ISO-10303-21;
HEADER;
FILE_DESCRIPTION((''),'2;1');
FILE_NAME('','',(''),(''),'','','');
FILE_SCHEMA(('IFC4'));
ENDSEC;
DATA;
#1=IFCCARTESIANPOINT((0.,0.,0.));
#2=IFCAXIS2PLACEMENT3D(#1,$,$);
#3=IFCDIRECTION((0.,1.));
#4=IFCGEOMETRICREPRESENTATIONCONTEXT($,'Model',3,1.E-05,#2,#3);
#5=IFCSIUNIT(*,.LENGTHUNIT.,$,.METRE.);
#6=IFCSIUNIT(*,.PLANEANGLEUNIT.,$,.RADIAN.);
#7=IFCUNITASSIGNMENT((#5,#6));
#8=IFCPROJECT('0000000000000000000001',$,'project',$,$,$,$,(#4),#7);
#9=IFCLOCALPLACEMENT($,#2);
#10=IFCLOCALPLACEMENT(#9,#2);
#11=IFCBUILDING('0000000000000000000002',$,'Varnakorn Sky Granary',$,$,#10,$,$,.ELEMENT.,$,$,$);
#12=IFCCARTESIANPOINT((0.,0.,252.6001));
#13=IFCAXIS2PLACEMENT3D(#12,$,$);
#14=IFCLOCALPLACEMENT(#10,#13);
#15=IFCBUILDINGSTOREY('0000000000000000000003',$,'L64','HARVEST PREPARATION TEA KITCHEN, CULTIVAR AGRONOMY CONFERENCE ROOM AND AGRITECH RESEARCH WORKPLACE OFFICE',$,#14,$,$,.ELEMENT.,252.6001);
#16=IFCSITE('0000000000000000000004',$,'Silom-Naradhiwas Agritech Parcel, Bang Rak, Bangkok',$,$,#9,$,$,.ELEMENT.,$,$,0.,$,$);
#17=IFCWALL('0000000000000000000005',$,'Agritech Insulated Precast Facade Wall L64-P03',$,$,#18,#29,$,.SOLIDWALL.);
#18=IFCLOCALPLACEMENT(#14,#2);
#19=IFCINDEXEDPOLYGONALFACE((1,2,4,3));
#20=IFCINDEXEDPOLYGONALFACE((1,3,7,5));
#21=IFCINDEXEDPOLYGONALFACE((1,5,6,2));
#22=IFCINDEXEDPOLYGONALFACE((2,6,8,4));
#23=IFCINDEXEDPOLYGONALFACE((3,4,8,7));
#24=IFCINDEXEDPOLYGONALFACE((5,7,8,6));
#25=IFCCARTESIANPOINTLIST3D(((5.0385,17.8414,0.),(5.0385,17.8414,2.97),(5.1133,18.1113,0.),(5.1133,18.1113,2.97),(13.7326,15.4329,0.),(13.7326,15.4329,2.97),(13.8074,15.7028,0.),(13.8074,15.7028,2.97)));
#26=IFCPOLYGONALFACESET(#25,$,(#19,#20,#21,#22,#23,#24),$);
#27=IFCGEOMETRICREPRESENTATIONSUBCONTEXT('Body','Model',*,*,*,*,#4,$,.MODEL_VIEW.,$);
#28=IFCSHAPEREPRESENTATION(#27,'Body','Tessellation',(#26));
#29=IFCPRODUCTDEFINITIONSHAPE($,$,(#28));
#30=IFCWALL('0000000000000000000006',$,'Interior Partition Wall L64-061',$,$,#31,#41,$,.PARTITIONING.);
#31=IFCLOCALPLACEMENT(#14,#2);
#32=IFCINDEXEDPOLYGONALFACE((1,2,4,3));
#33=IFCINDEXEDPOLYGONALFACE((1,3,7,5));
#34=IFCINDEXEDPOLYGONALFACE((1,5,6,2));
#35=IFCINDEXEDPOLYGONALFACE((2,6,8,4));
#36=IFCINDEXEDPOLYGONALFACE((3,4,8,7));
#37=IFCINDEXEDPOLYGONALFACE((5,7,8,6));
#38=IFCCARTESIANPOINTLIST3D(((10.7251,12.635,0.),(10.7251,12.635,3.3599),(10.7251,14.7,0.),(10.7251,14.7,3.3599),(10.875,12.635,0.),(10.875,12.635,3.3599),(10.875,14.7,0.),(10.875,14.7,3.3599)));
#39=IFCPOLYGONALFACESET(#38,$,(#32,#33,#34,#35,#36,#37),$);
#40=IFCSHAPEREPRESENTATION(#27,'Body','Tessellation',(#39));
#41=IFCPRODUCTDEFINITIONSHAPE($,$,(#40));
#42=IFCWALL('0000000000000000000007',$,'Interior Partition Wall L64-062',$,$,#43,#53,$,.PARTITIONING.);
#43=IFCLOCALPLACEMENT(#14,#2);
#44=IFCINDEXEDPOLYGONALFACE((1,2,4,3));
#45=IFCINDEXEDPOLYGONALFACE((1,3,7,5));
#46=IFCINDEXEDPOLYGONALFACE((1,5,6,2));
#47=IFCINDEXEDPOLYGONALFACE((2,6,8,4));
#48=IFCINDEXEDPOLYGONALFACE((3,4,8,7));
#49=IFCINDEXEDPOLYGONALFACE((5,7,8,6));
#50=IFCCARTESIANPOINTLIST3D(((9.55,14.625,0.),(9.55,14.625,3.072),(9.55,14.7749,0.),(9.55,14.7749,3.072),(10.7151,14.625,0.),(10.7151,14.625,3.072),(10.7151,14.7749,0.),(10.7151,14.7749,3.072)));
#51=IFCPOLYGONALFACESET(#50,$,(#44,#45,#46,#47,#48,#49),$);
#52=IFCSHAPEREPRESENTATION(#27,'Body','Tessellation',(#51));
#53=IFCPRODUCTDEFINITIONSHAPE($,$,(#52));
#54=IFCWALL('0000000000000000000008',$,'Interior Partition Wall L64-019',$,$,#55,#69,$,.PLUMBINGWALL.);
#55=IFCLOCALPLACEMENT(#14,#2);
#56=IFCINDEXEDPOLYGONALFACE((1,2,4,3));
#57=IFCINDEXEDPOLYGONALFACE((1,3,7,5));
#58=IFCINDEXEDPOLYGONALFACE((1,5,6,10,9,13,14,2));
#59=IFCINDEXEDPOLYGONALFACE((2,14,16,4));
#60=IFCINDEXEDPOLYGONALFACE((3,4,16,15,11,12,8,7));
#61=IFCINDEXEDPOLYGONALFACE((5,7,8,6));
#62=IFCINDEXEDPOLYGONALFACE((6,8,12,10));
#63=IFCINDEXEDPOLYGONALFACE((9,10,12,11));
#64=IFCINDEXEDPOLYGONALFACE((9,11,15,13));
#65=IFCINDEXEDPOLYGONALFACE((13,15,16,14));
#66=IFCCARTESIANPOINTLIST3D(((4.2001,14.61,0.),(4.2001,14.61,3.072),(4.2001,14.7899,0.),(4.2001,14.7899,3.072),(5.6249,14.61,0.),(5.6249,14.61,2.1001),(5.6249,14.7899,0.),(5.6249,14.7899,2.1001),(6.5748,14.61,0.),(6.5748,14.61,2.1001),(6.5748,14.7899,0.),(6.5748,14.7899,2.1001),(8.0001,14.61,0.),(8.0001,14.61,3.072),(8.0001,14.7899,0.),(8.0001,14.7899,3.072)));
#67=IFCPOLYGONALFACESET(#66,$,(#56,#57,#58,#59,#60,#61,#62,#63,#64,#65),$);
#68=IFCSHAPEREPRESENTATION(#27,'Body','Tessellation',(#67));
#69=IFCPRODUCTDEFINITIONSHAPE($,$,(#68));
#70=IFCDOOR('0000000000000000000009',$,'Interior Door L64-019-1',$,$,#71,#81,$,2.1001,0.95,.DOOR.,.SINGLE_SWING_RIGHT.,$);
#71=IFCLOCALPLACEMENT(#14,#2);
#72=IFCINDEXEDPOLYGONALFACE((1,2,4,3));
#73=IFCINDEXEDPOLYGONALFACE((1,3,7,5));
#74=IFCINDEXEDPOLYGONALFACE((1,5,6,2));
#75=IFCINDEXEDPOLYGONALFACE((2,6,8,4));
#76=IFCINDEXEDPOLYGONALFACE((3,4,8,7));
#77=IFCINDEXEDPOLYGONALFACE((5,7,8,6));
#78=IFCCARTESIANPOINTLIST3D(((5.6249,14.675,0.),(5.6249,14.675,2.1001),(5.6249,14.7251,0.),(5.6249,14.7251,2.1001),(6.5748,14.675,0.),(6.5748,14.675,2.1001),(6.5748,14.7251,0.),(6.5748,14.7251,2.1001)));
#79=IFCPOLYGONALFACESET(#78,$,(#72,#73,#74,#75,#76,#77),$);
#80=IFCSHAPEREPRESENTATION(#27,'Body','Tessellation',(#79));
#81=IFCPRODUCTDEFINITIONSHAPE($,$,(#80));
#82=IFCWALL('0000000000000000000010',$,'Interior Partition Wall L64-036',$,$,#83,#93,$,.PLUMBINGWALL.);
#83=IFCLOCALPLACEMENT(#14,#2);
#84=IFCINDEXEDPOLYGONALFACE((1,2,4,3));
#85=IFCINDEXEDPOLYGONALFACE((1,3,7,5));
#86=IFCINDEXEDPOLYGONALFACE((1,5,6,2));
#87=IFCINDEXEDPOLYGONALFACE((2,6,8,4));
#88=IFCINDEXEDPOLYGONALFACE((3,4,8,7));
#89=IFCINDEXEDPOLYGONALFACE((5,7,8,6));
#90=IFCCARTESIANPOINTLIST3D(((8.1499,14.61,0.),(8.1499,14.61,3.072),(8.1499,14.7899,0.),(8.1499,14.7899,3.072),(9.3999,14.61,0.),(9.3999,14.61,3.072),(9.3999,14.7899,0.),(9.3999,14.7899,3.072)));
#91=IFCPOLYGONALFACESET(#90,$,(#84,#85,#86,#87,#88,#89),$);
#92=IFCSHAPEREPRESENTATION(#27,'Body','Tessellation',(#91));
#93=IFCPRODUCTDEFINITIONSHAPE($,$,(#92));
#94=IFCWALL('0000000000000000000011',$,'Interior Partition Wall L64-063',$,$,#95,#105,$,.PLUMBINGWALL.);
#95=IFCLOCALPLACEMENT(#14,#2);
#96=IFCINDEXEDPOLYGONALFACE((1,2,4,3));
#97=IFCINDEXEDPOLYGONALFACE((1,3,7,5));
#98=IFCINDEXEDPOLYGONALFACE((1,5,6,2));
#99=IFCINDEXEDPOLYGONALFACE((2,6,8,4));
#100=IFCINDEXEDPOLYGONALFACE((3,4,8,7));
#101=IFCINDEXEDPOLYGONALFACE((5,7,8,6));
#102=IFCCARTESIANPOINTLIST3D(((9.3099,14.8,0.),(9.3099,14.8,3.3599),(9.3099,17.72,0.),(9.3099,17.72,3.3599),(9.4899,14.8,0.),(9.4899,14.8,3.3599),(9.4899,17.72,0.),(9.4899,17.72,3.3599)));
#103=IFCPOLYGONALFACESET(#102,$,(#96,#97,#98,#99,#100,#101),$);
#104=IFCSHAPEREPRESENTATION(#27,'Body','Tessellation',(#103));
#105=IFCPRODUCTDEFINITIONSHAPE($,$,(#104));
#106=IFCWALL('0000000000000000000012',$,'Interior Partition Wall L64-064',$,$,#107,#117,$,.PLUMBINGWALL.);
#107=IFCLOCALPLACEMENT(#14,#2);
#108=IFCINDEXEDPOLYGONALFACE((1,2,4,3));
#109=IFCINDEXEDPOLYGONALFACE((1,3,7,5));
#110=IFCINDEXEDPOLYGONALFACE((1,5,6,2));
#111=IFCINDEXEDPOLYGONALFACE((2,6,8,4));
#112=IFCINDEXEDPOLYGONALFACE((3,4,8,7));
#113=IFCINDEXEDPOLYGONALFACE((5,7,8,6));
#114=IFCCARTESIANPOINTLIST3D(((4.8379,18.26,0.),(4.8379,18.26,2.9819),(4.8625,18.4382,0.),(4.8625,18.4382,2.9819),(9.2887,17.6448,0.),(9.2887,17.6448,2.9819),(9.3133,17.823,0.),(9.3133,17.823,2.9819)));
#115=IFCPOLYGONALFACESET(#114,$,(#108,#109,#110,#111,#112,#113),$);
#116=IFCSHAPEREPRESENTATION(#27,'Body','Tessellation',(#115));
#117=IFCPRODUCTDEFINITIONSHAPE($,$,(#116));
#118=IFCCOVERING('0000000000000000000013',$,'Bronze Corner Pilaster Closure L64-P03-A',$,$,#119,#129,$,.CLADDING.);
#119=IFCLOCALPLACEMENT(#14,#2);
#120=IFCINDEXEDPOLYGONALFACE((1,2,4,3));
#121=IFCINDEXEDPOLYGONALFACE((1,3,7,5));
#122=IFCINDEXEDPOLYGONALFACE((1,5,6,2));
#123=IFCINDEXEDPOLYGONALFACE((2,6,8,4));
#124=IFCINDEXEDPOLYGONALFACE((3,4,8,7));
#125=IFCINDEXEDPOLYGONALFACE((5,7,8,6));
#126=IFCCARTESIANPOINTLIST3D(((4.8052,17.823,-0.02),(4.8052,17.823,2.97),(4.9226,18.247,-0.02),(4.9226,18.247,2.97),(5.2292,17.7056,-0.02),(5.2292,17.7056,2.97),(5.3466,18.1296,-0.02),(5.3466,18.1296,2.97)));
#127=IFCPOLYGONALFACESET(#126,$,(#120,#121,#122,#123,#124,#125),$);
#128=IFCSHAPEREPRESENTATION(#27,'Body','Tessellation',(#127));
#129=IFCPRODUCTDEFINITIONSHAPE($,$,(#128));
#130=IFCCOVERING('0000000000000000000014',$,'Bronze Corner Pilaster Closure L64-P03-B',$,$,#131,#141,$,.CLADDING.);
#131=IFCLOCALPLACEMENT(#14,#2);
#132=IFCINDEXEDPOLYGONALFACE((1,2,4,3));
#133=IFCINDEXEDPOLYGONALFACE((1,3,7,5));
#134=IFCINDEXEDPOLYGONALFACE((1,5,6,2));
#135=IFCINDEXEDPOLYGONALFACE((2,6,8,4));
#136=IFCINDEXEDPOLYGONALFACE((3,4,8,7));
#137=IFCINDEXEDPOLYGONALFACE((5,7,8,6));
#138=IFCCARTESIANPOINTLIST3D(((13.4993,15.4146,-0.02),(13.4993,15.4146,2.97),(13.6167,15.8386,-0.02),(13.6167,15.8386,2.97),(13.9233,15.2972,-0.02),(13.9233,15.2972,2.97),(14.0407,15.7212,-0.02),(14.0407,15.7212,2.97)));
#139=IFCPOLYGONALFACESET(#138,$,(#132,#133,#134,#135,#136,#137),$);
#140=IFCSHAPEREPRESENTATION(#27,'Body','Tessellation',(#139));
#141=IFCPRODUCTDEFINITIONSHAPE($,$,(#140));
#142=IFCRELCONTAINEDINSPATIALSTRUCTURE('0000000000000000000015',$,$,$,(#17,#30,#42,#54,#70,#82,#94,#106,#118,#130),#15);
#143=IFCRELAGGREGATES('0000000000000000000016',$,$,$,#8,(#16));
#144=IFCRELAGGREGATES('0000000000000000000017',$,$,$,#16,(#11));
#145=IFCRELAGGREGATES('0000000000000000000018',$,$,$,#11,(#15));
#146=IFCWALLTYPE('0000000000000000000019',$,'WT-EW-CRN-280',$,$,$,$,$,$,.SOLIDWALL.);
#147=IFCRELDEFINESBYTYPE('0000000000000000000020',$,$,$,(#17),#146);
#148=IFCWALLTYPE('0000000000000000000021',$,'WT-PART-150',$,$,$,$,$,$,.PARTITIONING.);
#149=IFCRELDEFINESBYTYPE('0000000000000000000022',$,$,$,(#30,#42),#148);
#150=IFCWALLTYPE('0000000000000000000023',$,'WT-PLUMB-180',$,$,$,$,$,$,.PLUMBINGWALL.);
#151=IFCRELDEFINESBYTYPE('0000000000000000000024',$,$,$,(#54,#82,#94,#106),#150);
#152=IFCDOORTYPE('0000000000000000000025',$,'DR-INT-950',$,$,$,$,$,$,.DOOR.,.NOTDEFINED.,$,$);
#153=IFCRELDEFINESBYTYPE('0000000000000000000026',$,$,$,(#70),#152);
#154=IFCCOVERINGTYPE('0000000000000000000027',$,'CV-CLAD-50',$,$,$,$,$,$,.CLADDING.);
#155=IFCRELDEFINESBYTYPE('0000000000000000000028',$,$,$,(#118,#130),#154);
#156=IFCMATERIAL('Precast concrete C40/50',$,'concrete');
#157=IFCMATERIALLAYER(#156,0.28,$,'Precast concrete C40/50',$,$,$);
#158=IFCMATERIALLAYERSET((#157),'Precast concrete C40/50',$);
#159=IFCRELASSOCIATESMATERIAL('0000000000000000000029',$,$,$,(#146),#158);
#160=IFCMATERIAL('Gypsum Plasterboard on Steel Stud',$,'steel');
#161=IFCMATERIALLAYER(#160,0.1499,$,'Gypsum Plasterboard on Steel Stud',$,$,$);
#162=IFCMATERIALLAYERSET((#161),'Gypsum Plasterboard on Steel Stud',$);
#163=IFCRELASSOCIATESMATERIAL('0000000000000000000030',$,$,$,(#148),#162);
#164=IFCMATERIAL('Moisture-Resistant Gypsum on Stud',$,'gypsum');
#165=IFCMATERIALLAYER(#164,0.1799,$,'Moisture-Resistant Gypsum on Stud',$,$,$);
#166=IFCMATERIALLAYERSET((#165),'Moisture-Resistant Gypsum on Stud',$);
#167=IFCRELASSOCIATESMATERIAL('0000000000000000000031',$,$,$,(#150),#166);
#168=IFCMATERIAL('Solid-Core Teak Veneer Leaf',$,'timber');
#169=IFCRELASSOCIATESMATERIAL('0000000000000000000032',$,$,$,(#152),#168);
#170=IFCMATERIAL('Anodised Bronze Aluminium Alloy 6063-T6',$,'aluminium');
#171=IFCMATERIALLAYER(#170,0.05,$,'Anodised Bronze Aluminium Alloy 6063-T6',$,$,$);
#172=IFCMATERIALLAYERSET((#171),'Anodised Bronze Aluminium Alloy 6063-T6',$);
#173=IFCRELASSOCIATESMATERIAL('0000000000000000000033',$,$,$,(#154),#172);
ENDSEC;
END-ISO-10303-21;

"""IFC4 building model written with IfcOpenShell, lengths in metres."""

from ifc_helpers import new_model, si_unit, direction, frame, frame_2d, origin, origin_2d, place, context, subcontext, project, spatial, rectangle, extrude, source, transform, mapped, material, layer, layer_set, type_object, type_shapes, element, fill, save


model = new_model("IFC4")

# Units and contexts
model_context = context("Model", 3, precision=1e-05, world=origin(), true_north=direction((0.0, 1.0)))
body_context = subcontext(model_context, "Body", "Model", "MODEL_VIEW")
ifc_project = project(units=[si_unit("LENGTHUNIT", "METRE"), si_unit("PLANEANGLEUNIT", "RADIAN")], contexts=[model_context])

# Site, building, storey
site_placement = place(None, origin())
site = spatial("IfcSite", under=ifc_project, at=site_placement, Name="Silom-Naradhiwas Agritech Parcel, Bang Rak, Bangkok", CompositionType="ELEMENT", RefElevation=0.0)
building_placement = place(site_placement, origin())
building = spatial("IfcBuilding", under=site, at=building_placement, Name="Varnakorn Sky Granary", CompositionType="ELEMENT")
storey_placement = place(building_placement, frame((0.0, 0.0, 252.6001)))
storey = spatial("IfcBuildingStorey", under=building, at=storey_placement, Name="L64", Description="HARVEST PREPARATION TEA KITCHEN, CULTIVAR AGRONOMY CONFERENCE ROOM AND AGRITECH RESEARCH WORKPLACE OFFICE", CompositionType="ELEMENT", Elevation=252.6001)

# Shared definitions
ifc_material_1 = material(Name="Anodised Bronze Aluminium Alloy 6063-T6", Category="aluminium")

# Walls
ifc_material_2 = material(Name="Precast concrete C40/50", Category="concrete")
ifc_layer_1 = layer(ifc_material_2, 0.28, Name="Precast concrete C40/50")
ifc_layer_set_1 = layer_set([ifc_layer_1], Name="Precast concrete C40/50")
wall_type_1 = type_object("IfcWallType", Name="WT-EW-CRN-280", PredefinedType="SOLIDWALL", material=ifc_layer_set_1)
wall_1_placement = place(storey_placement, frame((5.0759, 17.9763, 0.0), z_axis=(0.0, 0.0, 1.0), x_axis=(0.963706, -0.266967, 0.0)))
element("IfcWall", 1, at=wall_1_placement, inside=storey, type_object=wall_type_1, Name="Agritech Insulated Precast Facade Wall L64-P03", PredefinedType="SOLIDWALL", context=body_context, shape_type="SweptSolid", body=[
    extrude(rectangle(XDim=9.0215, YDim=0.28, at=frame_2d((4.5107, 0.0))), origin(), (0.0, 0.0, 1.0), 2.97),
])
ifc_material_3 = material(Name="Gypsum Plasterboard on Steel Stud", Category="steel")
ifc_layer_2 = layer(ifc_material_3, 0.1499, Name="Gypsum Plasterboard on Steel Stud")
ifc_layer_set_2 = layer_set([ifc_layer_2], Name="Gypsum Plasterboard on Steel Stud")
wall_type_2 = type_object("IfcWallType", Name="WT-PART-150", PredefinedType="PARTITIONING", material=ifc_layer_set_2)
wall_2_placement = place(storey_placement, frame((10.8, 12.635, 0.0), z_axis=(0.0, 0.0, 1.0), x_axis=(0.0, 1.0, 0.0)))
element("IfcWall", 2, at=wall_2_placement, inside=storey, type_object=wall_type_2, Name="Interior Partition Wall L64-061", PredefinedType="PARTITIONING", context=body_context, shape_type="SweptSolid", body=[
    extrude(rectangle(XDim=2.0649, YDim=0.1499, at=frame_2d((1.0325, 0.0))), origin(), (0.0, 0.0, 1.0), 3.3599),
])
wall_3_placement = place(storey_placement, frame((10.7151, 14.7, 0.0), z_axis=(0.0, 0.0, 1.0), x_axis=(-1.0, 0.0, 0.0)))
element("IfcWall", 3, at=wall_3_placement, inside=storey, type_object=wall_type_2, Name="Interior Partition Wall L64-062", PredefinedType="PARTITIONING", context=body_context, shape_type="SweptSolid", body=[
    extrude(rectangle(XDim=1.165, YDim=0.1499, at=frame_2d((0.5825, 0.0))), origin(), (0.0, 0.0, 1.0), 3.072),
])

# Wall, opening, door
ifc_material_4 = material(Name="Moisture-Resistant Gypsum on Stud", Category="gypsum")
ifc_layer_3 = layer(ifc_material_4, 0.1799, Name="Moisture-Resistant Gypsum on Stud")
ifc_layer_set_3 = layer_set([ifc_layer_3], Name="Moisture-Resistant Gypsum on Stud")
wall_type_3 = type_object("IfcWallType", Name="WT-PLUMB-180", PredefinedType="PLUMBINGWALL", material=ifc_layer_set_3)
wall_4_placement = place(storey_placement, frame((8.0, 14.7, 0.0), z_axis=(0.0, 0.0, 1.0), x_axis=(-1.0, 0.0, 0.0)))
wall_4 = element("IfcWall", 4, at=wall_4_placement, inside=storey, type_object=wall_type_3, Name="Interior Partition Wall L64-019", PredefinedType="PLUMBINGWALL", context=body_context, shape_type="SweptSolid", body=[
    extrude(rectangle(XDim=3.8, YDim=0.1799, at=frame_2d((1.8999, 0.0))), origin(), (0.0, 0.0, 1.0), 3.072),
])
opening_placement = place(wall_4_placement, frame((1.425, 0.0, 0.0)))
opening = element("IfcOpeningElement", 5, at=opening_placement, cuts=wall_4, PredefinedType="OPENING", context=body_context, shape_type="SweptSolid", body=[
    extrude(rectangle(XDim=0.95, YDim=2.1001, at=frame_2d((0.4751, 1.05))), frame((0.0, 0.1001, 0.0), z_axis=(0.0, -1.0, 0.0), x_axis=(1.0, 0.0, 0.0)), (0.0, 0.0, 1.0), 0.2),
])
ifc_material_5 = material(Name="Solid-Core Teak Veneer Leaf", Category="timber")
door_type = type_object("IfcDoorType", Name="DR-INT-950", OperationType="NOTDEFINED", PredefinedType="DOOR", material=ifc_material_5)
door_placement = place(opening_placement, origin())
door = element("IfcDoor", 6, at=door_placement, inside=storey, type_object=door_type, Name="Interior Door L64-019-1", OperationType="SINGLE_SWING_RIGHT", OverallHeight=2.1001, OverallWidth=0.95, PredefinedType="DOOR", context=body_context, shape_type="SweptSolid", body=[
    extrude(rectangle(XDim=0.95, YDim=2.1001, at=frame_2d((0.4751, 1.05))), frame((0.0, 0.0249, 0.0), z_axis=(0.0, -1.0, 0.0), x_axis=(1.0, 0.0, 0.0)), (0.0, 0.0, 1.0), 0.05),
])
fill(opening, door)

# Walls
wall_5_placement = place(storey_placement, frame((9.3999, 14.7, 0.0), z_axis=(0.0, 0.0, 1.0), x_axis=(-1.0, 0.0, 0.0)))
element("IfcWall", 7, at=wall_5_placement, inside=storey, type_object=wall_type_3, Name="Interior Partition Wall L64-036", PredefinedType="PLUMBINGWALL", context=body_context, shape_type="SweptSolid", body=[
    extrude(rectangle(XDim=1.25, YDim=0.1799, at=frame_2d((0.625, 0.0))), origin(), (0.0, 0.0, 1.0), 3.072),
])
wall_6_placement = place(storey_placement, frame((9.3999, 14.8, 0.0), z_axis=(0.0, 0.0, 1.0), x_axis=(0.0, 1.0, 0.0)))
element("IfcWall", 8, at=wall_6_placement, inside=storey, type_object=wall_type_3, Name="Interior Partition Wall L64-063", PredefinedType="PLUMBINGWALL", context=body_context, shape_type="SweptSolid", body=[
    extrude(rectangle(XDim=2.9199, YDim=0.1799, at=frame_2d((1.46, 0.0))), origin(), (0.0, 0.0, 1.0), 3.3599),
])
wall_7_placement = place(storey_placement, frame((9.301, 17.7339, 0.0), z_axis=(0.0, 0.0, 1.0), x_axis=(-0.990582, 0.136924, 0.0)))
element("IfcWall", 9, at=wall_7_placement, inside=storey, type_object=wall_type_3, Name="Interior Partition Wall L64-064", PredefinedType="PLUMBINGWALL", context=body_context, shape_type="SweptSolid", body=[
    extrude(rectangle(XDim=4.4932, YDim=0.1799, at=frame_2d((2.2466, 0.0))), origin(), (0.0, 0.0, 1.0), 2.9819),
])

# Coverings
ifc_layer_4 = layer(ifc_material_1, 0.05, Name="Anodised Bronze Aluminium Alloy 6063-T6")
ifc_layer_set_4 = layer_set([ifc_layer_4], Name="Anodised Bronze Aluminium Alloy 6063-T6")
covering_type = type_object("IfcCoveringType", Name="CV-CLAD-50", PredefinedType="CLADDING", material=ifc_layer_set_4)
shared_shape = source(origin(), body_context, "Body", "SweptSolid", [
    extrude(rectangle(XDim=0.4399, YDim=0.4399, at=origin_2d()), origin(), (0.0, 0.0, 1.0), 2.99),
])
type_shapes(covering_type, [shared_shape])
for number, where, z_axis, x_axis, name in (
    (10, (5.0759, 17.9763, -0.02), (0.0, 0.0, 1.0), (0.963724, -0.266902, 0.0), "Bronze Corner Pilaster Closure L64-P03-A"),
    (11, (13.77, 15.5679, -0.02), (0.0, 0.0, 1.0), (0.963724, -0.266902, 0.0), "Bronze Corner Pilaster Closure L64-P03-B"),
):
    element("IfcCovering", number, at=place(storey_placement, frame(where, z_axis=z_axis, x_axis=x_axis)), inside=storey, type_object=covering_type, Name=name, PredefinedType="CLADDING", context=body_context, shape_type="MappedRepresentation", body=[
        mapped(shared_shape, transform((0.0, 0.0, 0.0), x_axis=(1.0, 0.0, 0.0), y_axis=(0.0, 1.0, 0.0), z_axis=(0.0, 0.0, 1.0), scale=1.0)),
    ])

save(model, "model.ifc")
